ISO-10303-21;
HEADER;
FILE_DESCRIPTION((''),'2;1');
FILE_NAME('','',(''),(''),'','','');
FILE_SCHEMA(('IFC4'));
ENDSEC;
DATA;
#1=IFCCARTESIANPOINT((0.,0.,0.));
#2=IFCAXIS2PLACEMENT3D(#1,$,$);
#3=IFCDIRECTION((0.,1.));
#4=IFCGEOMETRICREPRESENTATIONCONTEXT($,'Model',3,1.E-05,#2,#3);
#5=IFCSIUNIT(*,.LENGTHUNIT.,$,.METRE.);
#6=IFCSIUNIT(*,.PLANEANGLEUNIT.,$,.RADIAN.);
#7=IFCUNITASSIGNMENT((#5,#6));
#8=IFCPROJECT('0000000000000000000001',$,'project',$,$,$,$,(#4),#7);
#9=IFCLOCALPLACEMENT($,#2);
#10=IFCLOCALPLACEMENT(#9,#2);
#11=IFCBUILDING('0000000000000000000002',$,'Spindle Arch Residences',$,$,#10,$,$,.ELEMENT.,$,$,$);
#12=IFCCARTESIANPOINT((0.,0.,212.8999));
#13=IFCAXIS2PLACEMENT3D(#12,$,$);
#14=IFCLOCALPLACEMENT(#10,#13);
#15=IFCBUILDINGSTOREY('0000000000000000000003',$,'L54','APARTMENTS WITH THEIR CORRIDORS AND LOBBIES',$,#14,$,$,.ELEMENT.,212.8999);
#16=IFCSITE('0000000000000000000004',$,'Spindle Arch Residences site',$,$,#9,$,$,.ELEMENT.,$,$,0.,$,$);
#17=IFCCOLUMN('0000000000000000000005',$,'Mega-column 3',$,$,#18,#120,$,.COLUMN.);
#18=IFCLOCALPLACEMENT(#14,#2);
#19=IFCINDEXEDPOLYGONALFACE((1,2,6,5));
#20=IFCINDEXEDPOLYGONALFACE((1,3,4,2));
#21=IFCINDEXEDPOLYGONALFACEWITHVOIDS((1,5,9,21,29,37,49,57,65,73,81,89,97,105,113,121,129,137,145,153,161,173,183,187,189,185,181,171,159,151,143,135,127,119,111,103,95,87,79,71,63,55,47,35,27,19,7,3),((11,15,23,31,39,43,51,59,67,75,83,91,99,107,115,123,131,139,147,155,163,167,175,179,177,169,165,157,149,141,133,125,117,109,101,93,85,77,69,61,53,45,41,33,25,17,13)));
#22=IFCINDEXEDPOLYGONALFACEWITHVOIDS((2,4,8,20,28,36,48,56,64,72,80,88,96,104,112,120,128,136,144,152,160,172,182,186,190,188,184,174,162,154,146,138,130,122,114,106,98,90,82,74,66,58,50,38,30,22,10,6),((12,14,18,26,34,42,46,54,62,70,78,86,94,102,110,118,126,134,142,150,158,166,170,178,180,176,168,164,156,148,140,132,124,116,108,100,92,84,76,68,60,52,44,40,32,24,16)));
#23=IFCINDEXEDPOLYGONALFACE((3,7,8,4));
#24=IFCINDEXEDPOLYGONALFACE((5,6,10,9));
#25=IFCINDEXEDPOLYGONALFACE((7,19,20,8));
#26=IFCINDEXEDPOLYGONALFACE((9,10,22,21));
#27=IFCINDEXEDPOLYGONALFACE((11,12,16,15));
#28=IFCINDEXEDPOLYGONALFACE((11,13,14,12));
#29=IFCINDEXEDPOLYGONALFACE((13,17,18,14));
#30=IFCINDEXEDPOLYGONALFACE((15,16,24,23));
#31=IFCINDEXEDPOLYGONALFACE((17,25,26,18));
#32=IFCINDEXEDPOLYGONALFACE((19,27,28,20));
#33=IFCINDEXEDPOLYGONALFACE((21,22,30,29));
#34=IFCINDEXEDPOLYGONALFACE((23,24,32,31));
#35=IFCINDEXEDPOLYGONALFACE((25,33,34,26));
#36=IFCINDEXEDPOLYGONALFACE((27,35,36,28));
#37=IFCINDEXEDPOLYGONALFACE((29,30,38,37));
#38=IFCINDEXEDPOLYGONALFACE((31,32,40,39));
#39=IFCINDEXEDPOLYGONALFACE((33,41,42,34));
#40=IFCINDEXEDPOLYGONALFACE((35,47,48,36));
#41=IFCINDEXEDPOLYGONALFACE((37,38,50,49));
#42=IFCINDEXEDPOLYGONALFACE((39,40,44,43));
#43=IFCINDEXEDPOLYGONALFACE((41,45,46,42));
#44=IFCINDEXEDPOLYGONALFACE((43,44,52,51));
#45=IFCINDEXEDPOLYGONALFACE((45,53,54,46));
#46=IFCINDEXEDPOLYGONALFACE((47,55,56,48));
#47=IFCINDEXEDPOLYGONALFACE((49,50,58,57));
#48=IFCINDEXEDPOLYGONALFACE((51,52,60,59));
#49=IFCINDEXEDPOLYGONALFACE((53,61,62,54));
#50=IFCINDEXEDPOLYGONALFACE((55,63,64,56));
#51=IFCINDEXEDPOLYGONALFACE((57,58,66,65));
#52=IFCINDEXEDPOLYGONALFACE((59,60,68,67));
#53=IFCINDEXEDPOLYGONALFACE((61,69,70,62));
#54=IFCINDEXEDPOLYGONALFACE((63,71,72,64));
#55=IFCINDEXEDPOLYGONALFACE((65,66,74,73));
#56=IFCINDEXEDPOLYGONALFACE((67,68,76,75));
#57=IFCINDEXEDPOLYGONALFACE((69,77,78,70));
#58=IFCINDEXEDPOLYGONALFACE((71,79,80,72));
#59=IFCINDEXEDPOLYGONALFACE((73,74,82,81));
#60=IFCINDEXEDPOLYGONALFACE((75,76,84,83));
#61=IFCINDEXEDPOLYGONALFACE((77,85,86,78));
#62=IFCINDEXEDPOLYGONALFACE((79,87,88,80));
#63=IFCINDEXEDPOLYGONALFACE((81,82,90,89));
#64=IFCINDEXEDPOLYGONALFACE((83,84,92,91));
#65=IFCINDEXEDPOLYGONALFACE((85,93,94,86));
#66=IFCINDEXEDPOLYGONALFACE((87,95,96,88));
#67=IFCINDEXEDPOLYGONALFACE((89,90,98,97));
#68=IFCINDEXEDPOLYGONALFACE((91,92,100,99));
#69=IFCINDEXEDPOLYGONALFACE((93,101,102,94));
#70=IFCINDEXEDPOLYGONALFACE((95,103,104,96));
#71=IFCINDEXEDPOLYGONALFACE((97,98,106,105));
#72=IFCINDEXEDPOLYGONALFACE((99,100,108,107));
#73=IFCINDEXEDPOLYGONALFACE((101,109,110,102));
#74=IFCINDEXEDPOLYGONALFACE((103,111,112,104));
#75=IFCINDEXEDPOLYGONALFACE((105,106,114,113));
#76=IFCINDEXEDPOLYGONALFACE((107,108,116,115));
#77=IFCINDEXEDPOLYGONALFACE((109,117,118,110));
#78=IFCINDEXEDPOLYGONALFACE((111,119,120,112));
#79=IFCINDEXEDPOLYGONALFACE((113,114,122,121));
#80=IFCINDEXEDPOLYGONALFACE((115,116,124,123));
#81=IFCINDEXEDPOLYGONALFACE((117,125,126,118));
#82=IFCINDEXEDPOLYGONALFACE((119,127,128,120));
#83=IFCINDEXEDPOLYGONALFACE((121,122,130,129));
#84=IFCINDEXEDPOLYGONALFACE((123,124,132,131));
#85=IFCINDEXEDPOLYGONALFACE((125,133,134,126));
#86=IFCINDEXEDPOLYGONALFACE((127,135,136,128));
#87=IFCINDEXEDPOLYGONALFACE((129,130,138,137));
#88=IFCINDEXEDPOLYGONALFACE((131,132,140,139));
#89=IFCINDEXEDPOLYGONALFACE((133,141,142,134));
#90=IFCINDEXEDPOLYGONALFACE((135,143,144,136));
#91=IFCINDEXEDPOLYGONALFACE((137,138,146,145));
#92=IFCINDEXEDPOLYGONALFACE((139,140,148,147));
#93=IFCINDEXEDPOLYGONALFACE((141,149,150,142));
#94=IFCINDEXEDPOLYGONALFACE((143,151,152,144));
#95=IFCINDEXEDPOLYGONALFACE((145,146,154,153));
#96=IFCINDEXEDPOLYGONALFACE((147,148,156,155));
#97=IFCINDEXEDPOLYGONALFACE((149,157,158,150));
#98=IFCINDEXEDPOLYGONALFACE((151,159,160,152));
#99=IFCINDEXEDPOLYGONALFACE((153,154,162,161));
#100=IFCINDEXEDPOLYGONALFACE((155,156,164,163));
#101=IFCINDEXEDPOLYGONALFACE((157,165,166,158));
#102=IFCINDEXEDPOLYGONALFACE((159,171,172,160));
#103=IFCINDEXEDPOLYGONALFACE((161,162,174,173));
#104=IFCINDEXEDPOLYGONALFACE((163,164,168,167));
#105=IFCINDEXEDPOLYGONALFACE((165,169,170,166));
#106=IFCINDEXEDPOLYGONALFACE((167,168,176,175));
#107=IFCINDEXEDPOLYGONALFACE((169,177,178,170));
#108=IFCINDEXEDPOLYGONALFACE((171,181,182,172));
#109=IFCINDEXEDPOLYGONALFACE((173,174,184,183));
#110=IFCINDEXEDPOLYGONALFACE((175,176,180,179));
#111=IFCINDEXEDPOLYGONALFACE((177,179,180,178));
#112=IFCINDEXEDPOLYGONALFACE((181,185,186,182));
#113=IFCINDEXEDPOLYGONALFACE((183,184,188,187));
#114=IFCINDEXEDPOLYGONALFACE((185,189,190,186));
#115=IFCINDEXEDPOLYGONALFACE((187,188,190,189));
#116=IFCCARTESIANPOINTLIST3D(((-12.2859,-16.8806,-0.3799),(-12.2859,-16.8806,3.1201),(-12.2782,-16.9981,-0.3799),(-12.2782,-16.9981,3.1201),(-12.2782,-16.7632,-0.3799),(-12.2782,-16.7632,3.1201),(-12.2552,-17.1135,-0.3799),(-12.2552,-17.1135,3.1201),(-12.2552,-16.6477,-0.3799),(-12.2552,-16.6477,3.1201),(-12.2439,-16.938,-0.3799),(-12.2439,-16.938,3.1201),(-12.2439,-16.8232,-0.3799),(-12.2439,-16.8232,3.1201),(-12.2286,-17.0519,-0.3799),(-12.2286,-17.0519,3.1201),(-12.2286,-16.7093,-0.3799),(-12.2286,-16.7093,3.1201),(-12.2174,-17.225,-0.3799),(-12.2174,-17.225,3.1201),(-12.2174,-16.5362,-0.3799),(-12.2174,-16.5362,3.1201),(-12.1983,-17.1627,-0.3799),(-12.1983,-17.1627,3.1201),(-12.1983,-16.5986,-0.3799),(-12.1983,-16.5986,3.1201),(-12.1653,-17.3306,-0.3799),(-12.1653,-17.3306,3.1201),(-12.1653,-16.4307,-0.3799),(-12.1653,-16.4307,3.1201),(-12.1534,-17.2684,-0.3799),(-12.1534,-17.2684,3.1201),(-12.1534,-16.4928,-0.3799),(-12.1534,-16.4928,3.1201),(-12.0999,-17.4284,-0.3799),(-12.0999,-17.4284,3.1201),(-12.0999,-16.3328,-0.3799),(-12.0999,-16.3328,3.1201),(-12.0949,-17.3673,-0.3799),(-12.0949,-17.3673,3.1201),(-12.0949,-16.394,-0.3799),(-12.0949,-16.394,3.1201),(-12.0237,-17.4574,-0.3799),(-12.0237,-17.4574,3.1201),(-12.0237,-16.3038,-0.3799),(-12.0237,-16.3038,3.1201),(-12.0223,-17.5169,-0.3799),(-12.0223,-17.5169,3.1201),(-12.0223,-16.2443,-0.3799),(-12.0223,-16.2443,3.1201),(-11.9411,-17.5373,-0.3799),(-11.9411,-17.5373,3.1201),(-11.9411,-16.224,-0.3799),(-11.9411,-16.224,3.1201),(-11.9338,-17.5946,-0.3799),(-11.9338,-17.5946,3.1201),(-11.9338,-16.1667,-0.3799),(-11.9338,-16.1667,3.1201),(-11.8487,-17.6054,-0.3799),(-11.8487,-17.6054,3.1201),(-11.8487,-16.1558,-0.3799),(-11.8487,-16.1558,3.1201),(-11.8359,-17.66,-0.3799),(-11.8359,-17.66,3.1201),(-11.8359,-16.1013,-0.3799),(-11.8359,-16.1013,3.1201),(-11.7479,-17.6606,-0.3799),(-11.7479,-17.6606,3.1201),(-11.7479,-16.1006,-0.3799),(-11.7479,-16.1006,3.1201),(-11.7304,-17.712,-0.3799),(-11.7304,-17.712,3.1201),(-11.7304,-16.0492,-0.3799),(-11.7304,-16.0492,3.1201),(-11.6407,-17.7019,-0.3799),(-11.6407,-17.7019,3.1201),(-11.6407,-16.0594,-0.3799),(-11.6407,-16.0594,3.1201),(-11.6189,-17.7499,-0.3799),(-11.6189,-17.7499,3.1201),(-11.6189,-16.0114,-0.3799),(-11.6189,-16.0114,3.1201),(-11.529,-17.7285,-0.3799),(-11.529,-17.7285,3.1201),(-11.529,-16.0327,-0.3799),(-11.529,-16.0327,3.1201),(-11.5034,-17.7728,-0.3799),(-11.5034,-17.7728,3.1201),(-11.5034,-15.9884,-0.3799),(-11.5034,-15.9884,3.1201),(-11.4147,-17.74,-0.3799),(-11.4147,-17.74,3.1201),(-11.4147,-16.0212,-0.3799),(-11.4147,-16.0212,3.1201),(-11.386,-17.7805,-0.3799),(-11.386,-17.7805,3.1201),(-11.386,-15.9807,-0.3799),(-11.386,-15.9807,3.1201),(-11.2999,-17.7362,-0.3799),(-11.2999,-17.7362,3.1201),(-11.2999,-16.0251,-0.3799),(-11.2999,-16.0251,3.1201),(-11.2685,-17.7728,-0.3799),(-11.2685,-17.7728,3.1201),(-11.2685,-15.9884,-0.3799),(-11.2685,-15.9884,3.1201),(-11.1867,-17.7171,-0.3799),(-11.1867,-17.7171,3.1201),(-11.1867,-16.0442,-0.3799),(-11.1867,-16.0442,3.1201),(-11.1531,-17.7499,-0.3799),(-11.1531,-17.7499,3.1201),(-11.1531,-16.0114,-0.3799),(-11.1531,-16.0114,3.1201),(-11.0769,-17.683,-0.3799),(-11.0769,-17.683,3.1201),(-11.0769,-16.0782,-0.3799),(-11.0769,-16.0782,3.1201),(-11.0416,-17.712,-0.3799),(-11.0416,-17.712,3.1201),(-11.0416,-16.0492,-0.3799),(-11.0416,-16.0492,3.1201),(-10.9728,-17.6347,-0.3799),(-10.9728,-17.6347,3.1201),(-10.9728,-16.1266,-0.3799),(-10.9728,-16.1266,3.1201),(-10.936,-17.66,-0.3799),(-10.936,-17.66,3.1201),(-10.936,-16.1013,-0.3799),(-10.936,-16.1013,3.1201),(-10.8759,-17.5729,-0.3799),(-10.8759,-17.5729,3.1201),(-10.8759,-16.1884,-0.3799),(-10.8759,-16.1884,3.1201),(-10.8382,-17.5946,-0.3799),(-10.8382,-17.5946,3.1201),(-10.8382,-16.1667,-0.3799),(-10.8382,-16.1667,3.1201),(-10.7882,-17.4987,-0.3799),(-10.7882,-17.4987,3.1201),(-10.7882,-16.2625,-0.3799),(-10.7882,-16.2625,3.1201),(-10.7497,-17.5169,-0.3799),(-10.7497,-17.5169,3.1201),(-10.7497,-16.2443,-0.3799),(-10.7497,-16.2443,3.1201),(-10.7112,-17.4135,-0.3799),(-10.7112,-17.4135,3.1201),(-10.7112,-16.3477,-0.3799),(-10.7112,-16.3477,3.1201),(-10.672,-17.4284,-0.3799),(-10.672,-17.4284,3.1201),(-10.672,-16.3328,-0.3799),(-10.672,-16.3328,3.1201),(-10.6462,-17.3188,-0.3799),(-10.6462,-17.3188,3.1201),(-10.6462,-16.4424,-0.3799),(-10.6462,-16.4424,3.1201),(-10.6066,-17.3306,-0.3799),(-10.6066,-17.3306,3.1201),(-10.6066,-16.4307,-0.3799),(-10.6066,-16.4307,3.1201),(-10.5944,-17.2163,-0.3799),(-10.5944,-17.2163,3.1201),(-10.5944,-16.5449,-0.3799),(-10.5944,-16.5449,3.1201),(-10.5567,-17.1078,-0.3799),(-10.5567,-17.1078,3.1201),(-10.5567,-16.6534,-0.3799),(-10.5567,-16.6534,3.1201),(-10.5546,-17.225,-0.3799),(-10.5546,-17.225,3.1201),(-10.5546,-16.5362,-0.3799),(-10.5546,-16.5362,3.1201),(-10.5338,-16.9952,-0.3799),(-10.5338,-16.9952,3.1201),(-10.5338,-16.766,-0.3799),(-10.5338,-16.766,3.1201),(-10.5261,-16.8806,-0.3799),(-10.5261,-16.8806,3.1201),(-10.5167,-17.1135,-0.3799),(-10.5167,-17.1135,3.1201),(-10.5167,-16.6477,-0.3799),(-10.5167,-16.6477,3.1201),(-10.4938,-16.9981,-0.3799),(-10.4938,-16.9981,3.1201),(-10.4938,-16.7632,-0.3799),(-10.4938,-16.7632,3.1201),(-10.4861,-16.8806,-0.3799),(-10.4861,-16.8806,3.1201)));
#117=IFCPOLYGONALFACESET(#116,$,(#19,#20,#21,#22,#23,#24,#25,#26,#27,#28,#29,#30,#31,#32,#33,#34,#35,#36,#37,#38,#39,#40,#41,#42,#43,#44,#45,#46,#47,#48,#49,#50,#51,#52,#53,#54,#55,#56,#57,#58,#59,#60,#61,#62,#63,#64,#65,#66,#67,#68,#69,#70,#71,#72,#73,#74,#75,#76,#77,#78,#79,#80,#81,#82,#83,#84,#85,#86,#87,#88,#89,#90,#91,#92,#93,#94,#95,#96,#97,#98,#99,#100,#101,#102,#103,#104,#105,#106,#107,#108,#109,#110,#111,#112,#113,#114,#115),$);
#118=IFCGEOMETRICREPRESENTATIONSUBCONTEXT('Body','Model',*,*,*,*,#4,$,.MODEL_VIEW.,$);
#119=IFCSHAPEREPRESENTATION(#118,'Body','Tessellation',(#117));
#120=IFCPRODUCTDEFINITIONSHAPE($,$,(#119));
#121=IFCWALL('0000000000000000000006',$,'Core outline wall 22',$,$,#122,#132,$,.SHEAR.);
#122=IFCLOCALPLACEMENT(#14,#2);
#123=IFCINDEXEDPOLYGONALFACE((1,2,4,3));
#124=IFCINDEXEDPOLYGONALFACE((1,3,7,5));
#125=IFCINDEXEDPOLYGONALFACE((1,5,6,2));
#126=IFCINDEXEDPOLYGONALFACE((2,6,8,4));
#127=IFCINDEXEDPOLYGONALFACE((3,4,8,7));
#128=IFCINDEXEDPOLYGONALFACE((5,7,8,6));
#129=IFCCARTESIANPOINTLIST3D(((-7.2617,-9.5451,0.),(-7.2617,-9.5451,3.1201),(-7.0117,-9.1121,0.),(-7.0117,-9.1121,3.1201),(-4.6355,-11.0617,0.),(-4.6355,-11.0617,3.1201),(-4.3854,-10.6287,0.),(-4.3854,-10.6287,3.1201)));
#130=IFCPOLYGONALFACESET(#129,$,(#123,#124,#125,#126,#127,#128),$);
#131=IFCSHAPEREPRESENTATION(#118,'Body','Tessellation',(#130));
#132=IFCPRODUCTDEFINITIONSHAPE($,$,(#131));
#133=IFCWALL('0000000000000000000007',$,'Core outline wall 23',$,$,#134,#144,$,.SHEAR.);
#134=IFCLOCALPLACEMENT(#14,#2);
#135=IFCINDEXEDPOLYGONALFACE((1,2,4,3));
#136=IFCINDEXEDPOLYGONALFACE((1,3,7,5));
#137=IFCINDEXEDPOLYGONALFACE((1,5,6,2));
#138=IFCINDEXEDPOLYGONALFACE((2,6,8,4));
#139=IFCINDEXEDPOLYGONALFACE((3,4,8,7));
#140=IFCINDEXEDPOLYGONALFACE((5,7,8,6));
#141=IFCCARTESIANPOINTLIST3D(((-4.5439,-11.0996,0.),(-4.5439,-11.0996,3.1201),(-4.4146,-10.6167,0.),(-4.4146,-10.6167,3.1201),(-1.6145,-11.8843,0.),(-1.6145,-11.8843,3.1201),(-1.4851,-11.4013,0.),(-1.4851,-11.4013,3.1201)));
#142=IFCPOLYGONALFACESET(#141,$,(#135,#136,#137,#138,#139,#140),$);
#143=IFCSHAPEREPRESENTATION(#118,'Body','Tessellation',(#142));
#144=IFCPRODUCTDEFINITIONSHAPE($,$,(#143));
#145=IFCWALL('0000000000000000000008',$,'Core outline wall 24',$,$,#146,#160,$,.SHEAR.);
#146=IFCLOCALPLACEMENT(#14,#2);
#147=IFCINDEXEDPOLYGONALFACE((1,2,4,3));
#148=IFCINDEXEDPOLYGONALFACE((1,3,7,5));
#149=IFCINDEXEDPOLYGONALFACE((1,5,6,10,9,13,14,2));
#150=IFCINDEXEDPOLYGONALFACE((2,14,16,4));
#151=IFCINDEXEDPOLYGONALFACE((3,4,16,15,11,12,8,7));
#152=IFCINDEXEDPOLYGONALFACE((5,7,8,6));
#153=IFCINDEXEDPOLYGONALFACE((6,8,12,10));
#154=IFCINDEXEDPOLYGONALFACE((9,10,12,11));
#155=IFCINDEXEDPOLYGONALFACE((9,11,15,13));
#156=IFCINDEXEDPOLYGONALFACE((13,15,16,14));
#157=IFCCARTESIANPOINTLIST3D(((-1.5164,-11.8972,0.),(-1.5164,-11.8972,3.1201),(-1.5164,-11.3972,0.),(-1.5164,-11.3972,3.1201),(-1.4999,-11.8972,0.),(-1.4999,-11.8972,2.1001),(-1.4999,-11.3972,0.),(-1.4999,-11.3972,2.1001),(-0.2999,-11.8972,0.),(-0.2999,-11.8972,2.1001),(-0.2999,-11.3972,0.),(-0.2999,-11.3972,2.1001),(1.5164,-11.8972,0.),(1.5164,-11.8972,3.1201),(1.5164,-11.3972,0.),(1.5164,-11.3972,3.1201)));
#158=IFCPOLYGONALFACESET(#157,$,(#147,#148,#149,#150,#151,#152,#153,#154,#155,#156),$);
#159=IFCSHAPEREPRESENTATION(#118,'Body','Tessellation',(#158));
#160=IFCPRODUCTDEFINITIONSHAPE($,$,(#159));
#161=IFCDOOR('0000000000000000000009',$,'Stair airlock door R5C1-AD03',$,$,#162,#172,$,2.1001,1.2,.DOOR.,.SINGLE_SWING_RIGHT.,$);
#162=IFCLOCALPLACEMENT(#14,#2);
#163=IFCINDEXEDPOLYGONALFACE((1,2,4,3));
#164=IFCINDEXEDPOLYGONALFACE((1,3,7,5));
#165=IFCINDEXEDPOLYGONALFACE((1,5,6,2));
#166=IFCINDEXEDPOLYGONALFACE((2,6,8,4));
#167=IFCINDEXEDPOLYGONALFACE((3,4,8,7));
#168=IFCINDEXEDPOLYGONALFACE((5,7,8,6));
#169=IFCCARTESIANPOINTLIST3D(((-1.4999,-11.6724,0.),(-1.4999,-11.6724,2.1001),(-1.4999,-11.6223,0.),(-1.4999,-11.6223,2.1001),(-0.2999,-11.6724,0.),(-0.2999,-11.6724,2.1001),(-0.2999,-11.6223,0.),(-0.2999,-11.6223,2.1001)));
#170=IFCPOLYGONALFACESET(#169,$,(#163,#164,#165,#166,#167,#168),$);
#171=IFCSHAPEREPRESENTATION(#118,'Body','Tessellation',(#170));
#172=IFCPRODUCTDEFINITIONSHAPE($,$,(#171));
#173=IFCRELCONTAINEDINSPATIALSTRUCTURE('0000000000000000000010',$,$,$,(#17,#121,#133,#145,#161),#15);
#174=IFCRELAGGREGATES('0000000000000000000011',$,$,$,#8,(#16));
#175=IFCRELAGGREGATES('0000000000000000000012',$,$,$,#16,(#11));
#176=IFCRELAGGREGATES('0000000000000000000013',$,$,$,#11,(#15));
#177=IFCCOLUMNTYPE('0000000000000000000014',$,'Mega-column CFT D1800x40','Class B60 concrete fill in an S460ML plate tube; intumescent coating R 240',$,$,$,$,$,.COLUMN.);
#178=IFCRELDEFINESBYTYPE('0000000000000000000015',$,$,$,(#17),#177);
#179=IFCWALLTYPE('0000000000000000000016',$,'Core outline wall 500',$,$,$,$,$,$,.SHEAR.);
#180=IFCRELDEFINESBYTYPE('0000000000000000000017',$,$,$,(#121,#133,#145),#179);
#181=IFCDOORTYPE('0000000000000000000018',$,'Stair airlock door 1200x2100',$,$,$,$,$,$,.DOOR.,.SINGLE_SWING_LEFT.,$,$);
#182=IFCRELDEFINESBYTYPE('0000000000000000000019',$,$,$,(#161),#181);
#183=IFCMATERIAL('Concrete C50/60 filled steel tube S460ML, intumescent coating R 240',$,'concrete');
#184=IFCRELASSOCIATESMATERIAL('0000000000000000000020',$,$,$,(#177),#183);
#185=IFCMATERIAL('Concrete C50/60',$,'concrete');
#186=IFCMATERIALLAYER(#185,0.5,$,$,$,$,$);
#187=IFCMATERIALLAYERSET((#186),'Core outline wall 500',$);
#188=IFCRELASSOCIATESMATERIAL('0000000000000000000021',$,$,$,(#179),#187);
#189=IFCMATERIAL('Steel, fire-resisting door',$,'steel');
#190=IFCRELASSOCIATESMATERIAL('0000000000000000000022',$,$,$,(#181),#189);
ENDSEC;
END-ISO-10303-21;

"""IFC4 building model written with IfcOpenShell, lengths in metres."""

from ifc_helpers import new_model, si_unit, direction, frame, frame_2d, origin, origin_2d, place, context, subcontext, project, spatial, rectangle, hollow_circle, extrude, material, layer, layer_set, material_profile, profile_set, type_object, element, fill, save


model = new_model("IFC4")

# Units and contexts
model_context = context("Model", 3, precision=1e-05, world=origin(), true_north=direction((0.0, 1.0)))
body_context = subcontext(model_context, "Body", "Model", "MODEL_VIEW")
ifc_project = project(units=[si_unit("LENGTHUNIT", "METRE"), si_unit("PLANEANGLEUNIT", "RADIAN")], contexts=[model_context])

# Site, building, storey
site_placement = place(None, origin())
site = spatial("IfcSite", under=ifc_project, at=site_placement, Name="Spindle Arch Residences site", CompositionType="ELEMENT", RefElevation=0.0)
building_placement = place(site_placement, origin())
building = spatial("IfcBuilding", under=site, at=building_placement, Name="Spindle Arch Residences", CompositionType="ELEMENT")
storey_placement = place(building_placement, frame((0.0, 0.0, 212.8999)))
storey = spatial("IfcBuildingStorey", under=building, at=storey_placement, Name="L54", Description="APARTMENTS WITH THEIR CORRIDORS AND LOBBIES", CompositionType="ELEMENT", Elevation=212.8999)

# Column
ifc_material_1 = material(Name="Concrete C50/60 filled steel tube S460ML, intumescent coating R 240", Category="concrete")
ifc_material_profile = material_profile(ifc_material_1, hollow_circle(Radius=0.8999, WallThickness=0.04, at=origin_2d()), Name="CFT D1800x40")
ifc_profile_set = profile_set([ifc_material_profile], Name="Concrete C50/60 filled steel tube S460ML, intumescent coating R 240")
column_type = type_object("IfcColumnType", Name="Mega-column CFT D1800x40", Description="Class B60 concrete fill in an S460ML plate tube; intumescent coating R 240", PredefinedType="COLUMN", material=ifc_profile_set)
column_placement = place(storey_placement, frame((-11.386, -16.8806, -0.3799), z_axis=(0.0, 0.0, 1.0), x_axis=(1.0, 0.0, 0.0)))
element("IfcColumn", 1, at=column_placement, inside=storey, type_object=column_type, Name="Mega-column 3", PredefinedType="COLUMN", context=body_context, shape_type="SweptSolid", body=[
    extrude(hollow_circle(Radius=0.8999, WallThickness=0.04, at=origin_2d()), origin(), (0.0, 0.0, 1.0), 3.5),
])

# Walls
ifc_material_2 = material(Name="Concrete C50/60", Category="concrete")
ifc_layer_1 = layer(ifc_material_2, 0.5)
ifc_layer_set_1 = layer_set([ifc_layer_1], Name="Core outline wall 500")
wall_type_1 = type_object("IfcWallType", Name="Core outline wall 500", PredefinedType="SHEAR", material=ifc_layer_set_1)
for number, where, z_axis, x_axis, name in (
    (2, (-7.1367, -9.3286, 0.0), (0.0, 0.0, 1.0), (0.865975, -0.500087, 0.0), "Core outline wall 22"),
    (3, (-4.4792, -10.8582, 0.0), (0.0, 0.0, 1.0), (0.965948, -0.258735, 0.0), "Core outline wall 23"),
):
    element("IfcWall", number, at=place(storey_placement, frame(where, z_axis=z_axis, x_axis=x_axis)), inside=storey, type_object=wall_type_1, Name=name, PredefinedType="SHEAR", context=body_context, shape_type="SweptSolid", body=[
        extrude(rectangle(XDim=3.0327, YDim=0.5, at=frame_2d((1.5164, 0.0))), origin(), (0.0, 0.0, 1.0), 3.1201),
    ])

# Wall, opening, door
wall_1_placement = place(storey_placement, frame((-1.5164, -11.6472, 0.0), z_axis=(0.0, 0.0, 1.0), x_axis=(1.0, 0.0, 0.0)))
wall_1 = element("IfcWall", 4, at=wall_1_placement, inside=storey, type_object=wall_type_1, Name="Core outline wall 24", PredefinedType="SHEAR", context=body_context, shape_type="SweptSolid", body=[
    extrude(rectangle(XDim=3.0327, YDim=0.5, at=frame_2d((1.5164, 0.0))), origin(), (0.0, 0.0, 1.0), 3.1201),
])
opening_1_placement = place(wall_1_placement, frame((0.0164, 0.0, 0.0)))
opening_1 = element("IfcOpeningElement", 5, at=opening_1_placement, cuts=wall_1, PredefinedType="OPENING", context=body_context, shape_type="SweptSolid", body=[
    extrude(rectangle(XDim=1.2, YDim=2.1001, at=frame_2d((0.6001, 1.05))), frame((0.0, 0.26, 0.0), z_axis=(0.0, -1.0, 0.0), x_axis=(1.0, 0.0, 0.0)), (0.0, 0.0, 1.0), 0.52),
])
ifc_material_3 = material(Name="Steel, fire-resisting door", Category="steel")
door_type_1 = type_object("IfcDoorType", Name="Stair airlock door 1200x2100", OperationType="SINGLE_SWING_LEFT", PredefinedType="DOOR", material=ifc_material_3)
door_1_placement = place(opening_1_placement, origin())
door_1 = element("IfcDoor", 6, at=door_1_placement, inside=storey, type_object=door_type_1, Name="Stair airlock door R5C1-AD03", OperationType="SINGLE_SWING_RIGHT", OverallHeight=2.1001, OverallWidth=1.2, PredefinedType="DOOR", context=body_context, shape_type="SweptSolid", body=[
    extrude(rectangle(XDim=1.2, YDim=2.1001, at=frame_2d((0.6001, 1.05))), frame((0.0, 0.0249, 0.0), z_axis=(0.0, -1.0, 0.0), x_axis=(1.0, 0.0, 0.0)), (0.0, 0.0, 1.0), 0.05),
])
fill(opening_1, door_1)

save(model, "model.ifc")
